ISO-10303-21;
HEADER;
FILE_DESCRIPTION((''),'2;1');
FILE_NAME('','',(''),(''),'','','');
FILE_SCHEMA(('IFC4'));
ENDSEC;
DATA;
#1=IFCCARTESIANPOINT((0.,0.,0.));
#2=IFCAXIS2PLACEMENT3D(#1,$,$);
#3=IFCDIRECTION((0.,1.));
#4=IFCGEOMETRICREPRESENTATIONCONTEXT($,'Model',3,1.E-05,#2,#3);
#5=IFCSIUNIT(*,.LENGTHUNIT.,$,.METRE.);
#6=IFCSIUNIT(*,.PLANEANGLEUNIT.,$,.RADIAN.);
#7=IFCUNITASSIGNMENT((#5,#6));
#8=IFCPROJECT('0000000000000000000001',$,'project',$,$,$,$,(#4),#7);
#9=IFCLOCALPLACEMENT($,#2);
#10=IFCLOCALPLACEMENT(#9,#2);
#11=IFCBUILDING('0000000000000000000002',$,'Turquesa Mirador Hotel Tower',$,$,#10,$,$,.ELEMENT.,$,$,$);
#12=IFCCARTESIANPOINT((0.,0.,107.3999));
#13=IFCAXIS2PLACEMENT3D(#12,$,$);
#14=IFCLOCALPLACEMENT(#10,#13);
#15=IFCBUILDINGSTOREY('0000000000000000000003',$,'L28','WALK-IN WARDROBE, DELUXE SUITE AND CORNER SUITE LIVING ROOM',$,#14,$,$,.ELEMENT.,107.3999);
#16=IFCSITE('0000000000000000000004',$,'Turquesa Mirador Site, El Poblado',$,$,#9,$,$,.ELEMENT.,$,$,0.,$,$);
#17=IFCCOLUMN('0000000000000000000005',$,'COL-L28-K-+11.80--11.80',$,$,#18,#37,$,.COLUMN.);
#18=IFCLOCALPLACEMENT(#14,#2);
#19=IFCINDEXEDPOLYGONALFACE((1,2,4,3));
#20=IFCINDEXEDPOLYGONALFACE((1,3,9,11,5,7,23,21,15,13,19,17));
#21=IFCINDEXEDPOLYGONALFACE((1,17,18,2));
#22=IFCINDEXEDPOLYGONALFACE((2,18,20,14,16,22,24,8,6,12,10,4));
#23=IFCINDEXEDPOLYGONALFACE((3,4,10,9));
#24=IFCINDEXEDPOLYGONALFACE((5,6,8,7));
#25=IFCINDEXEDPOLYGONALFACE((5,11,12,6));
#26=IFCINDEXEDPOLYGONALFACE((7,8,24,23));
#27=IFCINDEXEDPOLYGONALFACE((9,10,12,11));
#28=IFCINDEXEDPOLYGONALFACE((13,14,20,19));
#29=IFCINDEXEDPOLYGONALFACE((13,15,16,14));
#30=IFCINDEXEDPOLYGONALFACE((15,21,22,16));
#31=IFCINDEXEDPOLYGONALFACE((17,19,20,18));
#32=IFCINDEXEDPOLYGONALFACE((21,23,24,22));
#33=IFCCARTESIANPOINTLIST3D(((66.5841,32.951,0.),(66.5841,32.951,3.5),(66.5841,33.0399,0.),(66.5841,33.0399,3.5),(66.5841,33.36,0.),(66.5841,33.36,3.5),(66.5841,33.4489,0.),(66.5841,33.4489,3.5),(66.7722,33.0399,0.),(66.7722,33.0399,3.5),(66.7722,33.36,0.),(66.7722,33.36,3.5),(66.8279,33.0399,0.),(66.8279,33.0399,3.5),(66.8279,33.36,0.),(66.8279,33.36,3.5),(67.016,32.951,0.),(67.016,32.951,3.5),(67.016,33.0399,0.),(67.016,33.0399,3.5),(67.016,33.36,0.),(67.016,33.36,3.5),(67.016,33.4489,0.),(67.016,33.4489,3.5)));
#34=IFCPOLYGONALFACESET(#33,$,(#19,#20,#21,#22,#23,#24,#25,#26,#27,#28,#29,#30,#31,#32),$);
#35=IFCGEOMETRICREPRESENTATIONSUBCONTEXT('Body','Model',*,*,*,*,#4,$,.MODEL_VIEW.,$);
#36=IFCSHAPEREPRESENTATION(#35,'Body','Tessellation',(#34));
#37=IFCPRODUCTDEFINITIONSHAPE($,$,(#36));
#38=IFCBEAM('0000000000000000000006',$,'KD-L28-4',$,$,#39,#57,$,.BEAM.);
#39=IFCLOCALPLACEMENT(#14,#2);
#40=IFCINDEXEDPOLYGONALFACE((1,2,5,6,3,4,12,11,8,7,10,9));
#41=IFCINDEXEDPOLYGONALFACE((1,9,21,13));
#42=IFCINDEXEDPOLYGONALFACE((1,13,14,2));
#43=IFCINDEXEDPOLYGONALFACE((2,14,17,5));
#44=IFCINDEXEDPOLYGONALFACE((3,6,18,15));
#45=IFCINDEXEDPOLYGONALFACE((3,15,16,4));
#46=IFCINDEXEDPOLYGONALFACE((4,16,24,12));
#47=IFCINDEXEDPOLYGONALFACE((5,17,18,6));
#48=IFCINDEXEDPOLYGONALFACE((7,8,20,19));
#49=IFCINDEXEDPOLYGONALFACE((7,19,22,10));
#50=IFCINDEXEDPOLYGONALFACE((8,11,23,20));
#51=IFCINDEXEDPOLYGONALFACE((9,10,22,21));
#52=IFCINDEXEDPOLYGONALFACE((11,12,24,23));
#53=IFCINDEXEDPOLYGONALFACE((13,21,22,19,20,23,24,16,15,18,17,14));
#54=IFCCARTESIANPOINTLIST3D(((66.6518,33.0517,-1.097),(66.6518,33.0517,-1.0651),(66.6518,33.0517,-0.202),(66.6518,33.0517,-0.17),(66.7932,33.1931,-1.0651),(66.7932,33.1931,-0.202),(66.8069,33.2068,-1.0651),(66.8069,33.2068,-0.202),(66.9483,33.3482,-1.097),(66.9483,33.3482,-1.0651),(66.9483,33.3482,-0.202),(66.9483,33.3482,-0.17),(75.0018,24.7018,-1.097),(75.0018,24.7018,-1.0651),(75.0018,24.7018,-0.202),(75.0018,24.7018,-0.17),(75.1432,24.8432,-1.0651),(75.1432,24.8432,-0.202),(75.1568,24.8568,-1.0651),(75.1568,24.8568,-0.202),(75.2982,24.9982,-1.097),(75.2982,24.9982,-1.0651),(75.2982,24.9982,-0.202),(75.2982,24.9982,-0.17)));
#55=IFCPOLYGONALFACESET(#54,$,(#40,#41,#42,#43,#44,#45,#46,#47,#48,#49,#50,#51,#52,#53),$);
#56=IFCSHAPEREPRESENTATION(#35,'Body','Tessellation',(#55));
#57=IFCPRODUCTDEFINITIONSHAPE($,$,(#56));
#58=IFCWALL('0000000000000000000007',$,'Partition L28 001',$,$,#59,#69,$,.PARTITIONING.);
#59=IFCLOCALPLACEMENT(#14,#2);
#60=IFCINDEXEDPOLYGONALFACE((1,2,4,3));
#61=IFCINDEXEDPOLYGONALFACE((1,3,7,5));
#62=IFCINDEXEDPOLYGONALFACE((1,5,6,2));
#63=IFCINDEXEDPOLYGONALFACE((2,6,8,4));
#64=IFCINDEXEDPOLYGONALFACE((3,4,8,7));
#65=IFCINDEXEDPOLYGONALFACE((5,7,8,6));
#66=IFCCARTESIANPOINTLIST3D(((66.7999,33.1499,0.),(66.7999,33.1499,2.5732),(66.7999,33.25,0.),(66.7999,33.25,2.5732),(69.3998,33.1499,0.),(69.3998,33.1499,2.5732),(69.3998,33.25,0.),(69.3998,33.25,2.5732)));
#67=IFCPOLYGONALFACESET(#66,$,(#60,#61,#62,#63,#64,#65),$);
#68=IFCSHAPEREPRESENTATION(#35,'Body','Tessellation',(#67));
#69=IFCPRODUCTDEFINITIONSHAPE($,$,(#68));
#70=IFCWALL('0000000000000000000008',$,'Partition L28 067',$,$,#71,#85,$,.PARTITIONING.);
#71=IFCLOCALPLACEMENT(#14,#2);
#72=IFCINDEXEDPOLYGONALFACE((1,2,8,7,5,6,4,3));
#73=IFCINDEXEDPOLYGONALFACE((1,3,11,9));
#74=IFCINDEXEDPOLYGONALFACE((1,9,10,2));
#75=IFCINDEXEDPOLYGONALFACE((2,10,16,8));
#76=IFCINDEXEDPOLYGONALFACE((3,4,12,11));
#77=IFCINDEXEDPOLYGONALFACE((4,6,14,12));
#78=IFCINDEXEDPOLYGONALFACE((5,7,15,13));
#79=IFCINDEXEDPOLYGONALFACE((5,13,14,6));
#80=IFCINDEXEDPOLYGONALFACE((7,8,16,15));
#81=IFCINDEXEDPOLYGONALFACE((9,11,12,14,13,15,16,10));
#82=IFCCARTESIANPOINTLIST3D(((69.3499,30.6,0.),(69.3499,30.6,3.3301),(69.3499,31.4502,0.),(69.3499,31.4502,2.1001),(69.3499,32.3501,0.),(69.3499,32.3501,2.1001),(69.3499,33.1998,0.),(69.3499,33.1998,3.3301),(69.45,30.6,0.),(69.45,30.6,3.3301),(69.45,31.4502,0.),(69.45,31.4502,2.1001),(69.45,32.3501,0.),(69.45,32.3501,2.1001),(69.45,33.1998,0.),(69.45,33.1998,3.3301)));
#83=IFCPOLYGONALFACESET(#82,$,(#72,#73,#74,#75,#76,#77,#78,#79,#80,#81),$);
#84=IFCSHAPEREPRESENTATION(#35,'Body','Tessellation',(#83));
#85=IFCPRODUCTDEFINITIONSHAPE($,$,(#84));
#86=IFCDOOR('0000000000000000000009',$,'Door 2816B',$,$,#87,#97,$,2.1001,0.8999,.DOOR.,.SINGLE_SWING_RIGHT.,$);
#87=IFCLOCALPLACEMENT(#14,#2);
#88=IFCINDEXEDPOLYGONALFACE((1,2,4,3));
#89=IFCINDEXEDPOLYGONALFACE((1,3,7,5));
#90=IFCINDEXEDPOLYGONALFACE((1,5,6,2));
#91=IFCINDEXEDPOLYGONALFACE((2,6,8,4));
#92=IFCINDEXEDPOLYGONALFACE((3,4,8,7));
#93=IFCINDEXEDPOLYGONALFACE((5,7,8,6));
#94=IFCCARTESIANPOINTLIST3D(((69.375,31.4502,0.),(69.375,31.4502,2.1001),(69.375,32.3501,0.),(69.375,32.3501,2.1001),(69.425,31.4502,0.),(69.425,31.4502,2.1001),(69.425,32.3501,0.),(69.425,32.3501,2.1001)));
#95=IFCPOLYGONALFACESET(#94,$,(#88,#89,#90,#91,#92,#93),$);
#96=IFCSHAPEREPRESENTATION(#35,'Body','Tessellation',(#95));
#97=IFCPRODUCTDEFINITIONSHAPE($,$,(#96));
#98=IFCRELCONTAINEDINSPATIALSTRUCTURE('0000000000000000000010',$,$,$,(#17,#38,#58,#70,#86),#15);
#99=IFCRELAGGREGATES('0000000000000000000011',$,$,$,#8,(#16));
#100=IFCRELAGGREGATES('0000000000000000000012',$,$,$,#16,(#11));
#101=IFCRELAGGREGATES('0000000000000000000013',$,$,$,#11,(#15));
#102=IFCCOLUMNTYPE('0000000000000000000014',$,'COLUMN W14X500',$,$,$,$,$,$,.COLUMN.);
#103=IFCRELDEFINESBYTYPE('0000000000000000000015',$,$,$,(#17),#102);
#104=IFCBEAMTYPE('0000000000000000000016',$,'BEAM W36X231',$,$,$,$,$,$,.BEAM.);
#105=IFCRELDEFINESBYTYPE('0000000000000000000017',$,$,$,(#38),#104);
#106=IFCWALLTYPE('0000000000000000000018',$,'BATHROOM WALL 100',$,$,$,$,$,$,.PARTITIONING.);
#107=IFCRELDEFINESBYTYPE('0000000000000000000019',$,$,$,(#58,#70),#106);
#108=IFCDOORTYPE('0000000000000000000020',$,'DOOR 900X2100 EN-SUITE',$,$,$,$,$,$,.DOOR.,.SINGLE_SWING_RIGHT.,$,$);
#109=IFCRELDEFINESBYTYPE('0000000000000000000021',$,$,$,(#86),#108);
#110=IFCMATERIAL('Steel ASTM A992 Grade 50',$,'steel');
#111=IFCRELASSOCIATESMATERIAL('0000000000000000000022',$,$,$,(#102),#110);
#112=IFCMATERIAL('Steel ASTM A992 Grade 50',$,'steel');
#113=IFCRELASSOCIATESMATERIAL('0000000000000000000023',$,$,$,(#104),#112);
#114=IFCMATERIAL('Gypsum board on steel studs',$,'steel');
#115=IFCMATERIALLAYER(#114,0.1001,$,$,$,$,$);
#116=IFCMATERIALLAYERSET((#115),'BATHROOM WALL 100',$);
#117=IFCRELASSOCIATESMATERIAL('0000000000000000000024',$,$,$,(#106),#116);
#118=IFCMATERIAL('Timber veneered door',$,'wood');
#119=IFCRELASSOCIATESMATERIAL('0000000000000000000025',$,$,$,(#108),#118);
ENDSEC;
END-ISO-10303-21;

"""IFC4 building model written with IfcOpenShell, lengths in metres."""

from ifc_helpers import new_model, si_unit, direction, frame, frame_2d, origin, origin_2d, place, context, subcontext, project, spatial, rectangle, i_section, extrude, material, layer, layer_set, material_profile, profile_set, type_object, element, fill, save


model = new_model("IFC4")

# Units and contexts
model_context = context("Model", 3, precision=1e-05, world=origin(), true_north=direction((0.0, 1.0)))
body_context = subcontext(model_context, "Body", "Model", "MODEL_VIEW")
ifc_project = project(units=[si_unit("LENGTHUNIT", "METRE"), si_unit("PLANEANGLEUNIT", "RADIAN")], contexts=[model_context])

# Site, building, storey
site_placement = place(None, origin())
site = spatial("IfcSite", under=ifc_project, at=site_placement, Name="Turquesa Mirador Site, El Poblado", CompositionType="ELEMENT", RefElevation=0.0)
building_placement = place(site_placement, origin())
building = spatial("IfcBuilding", under=site, at=building_placement, Name="Turquesa Mirador Hotel Tower", CompositionType="ELEMENT")
storey_placement = place(building_placement, frame((0.0, 0.0, 107.3999)))
storey = spatial("IfcBuildingStorey", under=building, at=storey_placement, Name="L28", Description="WALK-IN WARDROBE, DELUXE SUITE AND CORNER SUITE LIVING ROOM", CompositionType="ELEMENT", Elevation=107.3999)

# Column
ifc_material_1 = material(Name="Steel ASTM A992 Grade 50", Category="steel")
ifc_material_profile_1 = material_profile(ifc_material_1, i_section(OverallWidth=0.4319, OverallDepth=0.4978, WebThickness=0.0557, FlangeThickness=0.0889, at=origin_2d()), Name="W14X500")
ifc_profile_set_1 = profile_set([ifc_material_profile_1], Name="Steel ASTM A992 Grade 50")
column_type = type_object("IfcColumnType", Name="COLUMN W14X500", PredefinedType="COLUMN", material=ifc_profile_set_1)
column_placement = place(storey_placement, frame((66.8, 33.2, 0.0), z_axis=(0.0, 0.0, 1.0), x_axis=(1.0, 0.0, 0.0)))
element("IfcColumn", 1, at=column_placement, inside=storey, type_object=column_type, Name="COL-L28-K-+11.80--11.80", PredefinedType="COLUMN", context=body_context, shape_type="SweptSolid", body=[
    extrude(i_section(OverallWidth=0.4319, OverallDepth=0.4978, WebThickness=0.0557, FlangeThickness=0.0889, at=origin_2d()), origin(), (0.0, 0.0, 1.0), 3.5),
])

# Beam
ifc_material_2 = material(Name="Steel ASTM A992 Grade 50", Category="steel")
ifc_material_profile_2 = material_profile(ifc_material_2, i_section(OverallWidth=0.4192, OverallDepth=0.927, WebThickness=0.0193, FlangeThickness=0.032, at=origin_2d()), Name="W36X231")
ifc_profile_set_2 = profile_set([ifc_material_profile_2], Name="Steel ASTM A992 Grade 50")
beam_type = type_object("IfcBeamType", Name="BEAM W36X231", PredefinedType="BEAM", material=ifc_profile_set_2)
beam_placement = place(storey_placement, frame((66.8, 33.2, -0.6335), z_axis=(0.707107, -0.707107, 0.0), x_axis=(0.707107, 0.707107, 0.0)))
element("IfcBeam", 2, at=beam_placement, inside=storey, type_object=beam_type, Name="KD-L28-4", PredefinedType="BEAM", context=body_context, shape_type="SweptSolid", body=[
    extrude(i_section(OverallWidth=0.4192, OverallDepth=0.927, WebThickness=0.0193, FlangeThickness=0.032, at=origin_2d()), origin(), (0.0, 0.0, 1.0), 11.8086),
])

# Wall
ifc_material_3 = material(Name="Gypsum board on steel studs", Category="steel")
ifc_layer_1 = layer(ifc_material_3, 0.1001)
ifc_layer_set_1 = layer_set([ifc_layer_1], Name="BATHROOM WALL 100")
wall_type_1 = type_object("IfcWallType", Name="BATHROOM WALL 100", PredefinedType="PARTITIONING", material=ifc_layer_set_1)
wall_1_placement = place(storey_placement, frame((66.8, 33.2, 0.0), z_axis=(0.0, 0.0, 1.0), x_axis=(1.0, 0.0, 0.0)))
element("IfcWall", 3, at=wall_1_placement, inside=storey, type_object=wall_type_1, Name="Partition L28 001", PredefinedType="PARTITIONING", context=body_context, shape_type="SweptSolid", body=[
    extrude(rectangle(XDim=2.5999, YDim=0.1001, at=frame_2d((1.2998, 0.0))), origin(), (0.0, 0.0, 1.0), 2.5732),
])

# Wall, opening, door
wall_2_placement = place(storey_placement, frame((69.3999, 30.6001, 0.0), z_axis=(0.0, 0.0, 1.0), x_axis=(0.0, 1.0, 0.0)))
wall_2 = element("IfcWall", 4, at=wall_2_placement, inside=storey, type_object=wall_type_1, Name="Partition L28 067", PredefinedType="PARTITIONING", context=body_context, shape_type="SweptSolid", body=[
    extrude(rectangle(XDim=2.5999, YDim=0.1001, at=frame_2d((1.2998, 0.0))), origin(), (0.0, 0.0, 1.0), 3.3301),
])
opening_1_placement = place(wall_2_placement, frame((0.8501, 0.0, 0.0)))
opening_1 = element("IfcOpeningElement", 5, at=opening_1_placement, cuts=wall_2, PredefinedType="OPENING", context=body_context, shape_type="SweptSolid", body=[
    extrude(rectangle(XDim=0.8999, YDim=2.1001, at=frame_2d((0.45, 1.05))), frame((0.0, 0.0601, 0.0), z_axis=(0.0, -1.0, 0.0), x_axis=(1.0, 0.0, 0.0)), (0.0, 0.0, 1.0), 0.1201),
])
ifc_material_4 = material(Name="Timber veneered door", Category="wood")
door_type_1 = type_object("IfcDoorType", Name="DOOR 900X2100 EN-SUITE", OperationType="SINGLE_SWING_RIGHT", PredefinedType="DOOR", material=ifc_material_4)
door_1_placement = place(opening_1_placement, origin())
door_1 = element("IfcDoor", 6, at=door_1_placement, inside=storey, type_object=door_type_1, Name="Door 2816B", OperationType="SINGLE_SWING_RIGHT", OverallHeight=2.1001, OverallWidth=0.8999, PredefinedType="DOOR", context=body_context, shape_type="SweptSolid", body=[
    extrude(rectangle(XDim=0.8999, YDim=2.1001, at=frame_2d((0.45, 1.05))), frame((0.0, 0.0249, 0.0), z_axis=(0.0, -1.0, 0.0), x_axis=(1.0, 0.0, 0.0)), (0.0, 0.0, 1.0), 0.05),
])
fill(opening_1, door_1)

save(model, "model.ifc")
